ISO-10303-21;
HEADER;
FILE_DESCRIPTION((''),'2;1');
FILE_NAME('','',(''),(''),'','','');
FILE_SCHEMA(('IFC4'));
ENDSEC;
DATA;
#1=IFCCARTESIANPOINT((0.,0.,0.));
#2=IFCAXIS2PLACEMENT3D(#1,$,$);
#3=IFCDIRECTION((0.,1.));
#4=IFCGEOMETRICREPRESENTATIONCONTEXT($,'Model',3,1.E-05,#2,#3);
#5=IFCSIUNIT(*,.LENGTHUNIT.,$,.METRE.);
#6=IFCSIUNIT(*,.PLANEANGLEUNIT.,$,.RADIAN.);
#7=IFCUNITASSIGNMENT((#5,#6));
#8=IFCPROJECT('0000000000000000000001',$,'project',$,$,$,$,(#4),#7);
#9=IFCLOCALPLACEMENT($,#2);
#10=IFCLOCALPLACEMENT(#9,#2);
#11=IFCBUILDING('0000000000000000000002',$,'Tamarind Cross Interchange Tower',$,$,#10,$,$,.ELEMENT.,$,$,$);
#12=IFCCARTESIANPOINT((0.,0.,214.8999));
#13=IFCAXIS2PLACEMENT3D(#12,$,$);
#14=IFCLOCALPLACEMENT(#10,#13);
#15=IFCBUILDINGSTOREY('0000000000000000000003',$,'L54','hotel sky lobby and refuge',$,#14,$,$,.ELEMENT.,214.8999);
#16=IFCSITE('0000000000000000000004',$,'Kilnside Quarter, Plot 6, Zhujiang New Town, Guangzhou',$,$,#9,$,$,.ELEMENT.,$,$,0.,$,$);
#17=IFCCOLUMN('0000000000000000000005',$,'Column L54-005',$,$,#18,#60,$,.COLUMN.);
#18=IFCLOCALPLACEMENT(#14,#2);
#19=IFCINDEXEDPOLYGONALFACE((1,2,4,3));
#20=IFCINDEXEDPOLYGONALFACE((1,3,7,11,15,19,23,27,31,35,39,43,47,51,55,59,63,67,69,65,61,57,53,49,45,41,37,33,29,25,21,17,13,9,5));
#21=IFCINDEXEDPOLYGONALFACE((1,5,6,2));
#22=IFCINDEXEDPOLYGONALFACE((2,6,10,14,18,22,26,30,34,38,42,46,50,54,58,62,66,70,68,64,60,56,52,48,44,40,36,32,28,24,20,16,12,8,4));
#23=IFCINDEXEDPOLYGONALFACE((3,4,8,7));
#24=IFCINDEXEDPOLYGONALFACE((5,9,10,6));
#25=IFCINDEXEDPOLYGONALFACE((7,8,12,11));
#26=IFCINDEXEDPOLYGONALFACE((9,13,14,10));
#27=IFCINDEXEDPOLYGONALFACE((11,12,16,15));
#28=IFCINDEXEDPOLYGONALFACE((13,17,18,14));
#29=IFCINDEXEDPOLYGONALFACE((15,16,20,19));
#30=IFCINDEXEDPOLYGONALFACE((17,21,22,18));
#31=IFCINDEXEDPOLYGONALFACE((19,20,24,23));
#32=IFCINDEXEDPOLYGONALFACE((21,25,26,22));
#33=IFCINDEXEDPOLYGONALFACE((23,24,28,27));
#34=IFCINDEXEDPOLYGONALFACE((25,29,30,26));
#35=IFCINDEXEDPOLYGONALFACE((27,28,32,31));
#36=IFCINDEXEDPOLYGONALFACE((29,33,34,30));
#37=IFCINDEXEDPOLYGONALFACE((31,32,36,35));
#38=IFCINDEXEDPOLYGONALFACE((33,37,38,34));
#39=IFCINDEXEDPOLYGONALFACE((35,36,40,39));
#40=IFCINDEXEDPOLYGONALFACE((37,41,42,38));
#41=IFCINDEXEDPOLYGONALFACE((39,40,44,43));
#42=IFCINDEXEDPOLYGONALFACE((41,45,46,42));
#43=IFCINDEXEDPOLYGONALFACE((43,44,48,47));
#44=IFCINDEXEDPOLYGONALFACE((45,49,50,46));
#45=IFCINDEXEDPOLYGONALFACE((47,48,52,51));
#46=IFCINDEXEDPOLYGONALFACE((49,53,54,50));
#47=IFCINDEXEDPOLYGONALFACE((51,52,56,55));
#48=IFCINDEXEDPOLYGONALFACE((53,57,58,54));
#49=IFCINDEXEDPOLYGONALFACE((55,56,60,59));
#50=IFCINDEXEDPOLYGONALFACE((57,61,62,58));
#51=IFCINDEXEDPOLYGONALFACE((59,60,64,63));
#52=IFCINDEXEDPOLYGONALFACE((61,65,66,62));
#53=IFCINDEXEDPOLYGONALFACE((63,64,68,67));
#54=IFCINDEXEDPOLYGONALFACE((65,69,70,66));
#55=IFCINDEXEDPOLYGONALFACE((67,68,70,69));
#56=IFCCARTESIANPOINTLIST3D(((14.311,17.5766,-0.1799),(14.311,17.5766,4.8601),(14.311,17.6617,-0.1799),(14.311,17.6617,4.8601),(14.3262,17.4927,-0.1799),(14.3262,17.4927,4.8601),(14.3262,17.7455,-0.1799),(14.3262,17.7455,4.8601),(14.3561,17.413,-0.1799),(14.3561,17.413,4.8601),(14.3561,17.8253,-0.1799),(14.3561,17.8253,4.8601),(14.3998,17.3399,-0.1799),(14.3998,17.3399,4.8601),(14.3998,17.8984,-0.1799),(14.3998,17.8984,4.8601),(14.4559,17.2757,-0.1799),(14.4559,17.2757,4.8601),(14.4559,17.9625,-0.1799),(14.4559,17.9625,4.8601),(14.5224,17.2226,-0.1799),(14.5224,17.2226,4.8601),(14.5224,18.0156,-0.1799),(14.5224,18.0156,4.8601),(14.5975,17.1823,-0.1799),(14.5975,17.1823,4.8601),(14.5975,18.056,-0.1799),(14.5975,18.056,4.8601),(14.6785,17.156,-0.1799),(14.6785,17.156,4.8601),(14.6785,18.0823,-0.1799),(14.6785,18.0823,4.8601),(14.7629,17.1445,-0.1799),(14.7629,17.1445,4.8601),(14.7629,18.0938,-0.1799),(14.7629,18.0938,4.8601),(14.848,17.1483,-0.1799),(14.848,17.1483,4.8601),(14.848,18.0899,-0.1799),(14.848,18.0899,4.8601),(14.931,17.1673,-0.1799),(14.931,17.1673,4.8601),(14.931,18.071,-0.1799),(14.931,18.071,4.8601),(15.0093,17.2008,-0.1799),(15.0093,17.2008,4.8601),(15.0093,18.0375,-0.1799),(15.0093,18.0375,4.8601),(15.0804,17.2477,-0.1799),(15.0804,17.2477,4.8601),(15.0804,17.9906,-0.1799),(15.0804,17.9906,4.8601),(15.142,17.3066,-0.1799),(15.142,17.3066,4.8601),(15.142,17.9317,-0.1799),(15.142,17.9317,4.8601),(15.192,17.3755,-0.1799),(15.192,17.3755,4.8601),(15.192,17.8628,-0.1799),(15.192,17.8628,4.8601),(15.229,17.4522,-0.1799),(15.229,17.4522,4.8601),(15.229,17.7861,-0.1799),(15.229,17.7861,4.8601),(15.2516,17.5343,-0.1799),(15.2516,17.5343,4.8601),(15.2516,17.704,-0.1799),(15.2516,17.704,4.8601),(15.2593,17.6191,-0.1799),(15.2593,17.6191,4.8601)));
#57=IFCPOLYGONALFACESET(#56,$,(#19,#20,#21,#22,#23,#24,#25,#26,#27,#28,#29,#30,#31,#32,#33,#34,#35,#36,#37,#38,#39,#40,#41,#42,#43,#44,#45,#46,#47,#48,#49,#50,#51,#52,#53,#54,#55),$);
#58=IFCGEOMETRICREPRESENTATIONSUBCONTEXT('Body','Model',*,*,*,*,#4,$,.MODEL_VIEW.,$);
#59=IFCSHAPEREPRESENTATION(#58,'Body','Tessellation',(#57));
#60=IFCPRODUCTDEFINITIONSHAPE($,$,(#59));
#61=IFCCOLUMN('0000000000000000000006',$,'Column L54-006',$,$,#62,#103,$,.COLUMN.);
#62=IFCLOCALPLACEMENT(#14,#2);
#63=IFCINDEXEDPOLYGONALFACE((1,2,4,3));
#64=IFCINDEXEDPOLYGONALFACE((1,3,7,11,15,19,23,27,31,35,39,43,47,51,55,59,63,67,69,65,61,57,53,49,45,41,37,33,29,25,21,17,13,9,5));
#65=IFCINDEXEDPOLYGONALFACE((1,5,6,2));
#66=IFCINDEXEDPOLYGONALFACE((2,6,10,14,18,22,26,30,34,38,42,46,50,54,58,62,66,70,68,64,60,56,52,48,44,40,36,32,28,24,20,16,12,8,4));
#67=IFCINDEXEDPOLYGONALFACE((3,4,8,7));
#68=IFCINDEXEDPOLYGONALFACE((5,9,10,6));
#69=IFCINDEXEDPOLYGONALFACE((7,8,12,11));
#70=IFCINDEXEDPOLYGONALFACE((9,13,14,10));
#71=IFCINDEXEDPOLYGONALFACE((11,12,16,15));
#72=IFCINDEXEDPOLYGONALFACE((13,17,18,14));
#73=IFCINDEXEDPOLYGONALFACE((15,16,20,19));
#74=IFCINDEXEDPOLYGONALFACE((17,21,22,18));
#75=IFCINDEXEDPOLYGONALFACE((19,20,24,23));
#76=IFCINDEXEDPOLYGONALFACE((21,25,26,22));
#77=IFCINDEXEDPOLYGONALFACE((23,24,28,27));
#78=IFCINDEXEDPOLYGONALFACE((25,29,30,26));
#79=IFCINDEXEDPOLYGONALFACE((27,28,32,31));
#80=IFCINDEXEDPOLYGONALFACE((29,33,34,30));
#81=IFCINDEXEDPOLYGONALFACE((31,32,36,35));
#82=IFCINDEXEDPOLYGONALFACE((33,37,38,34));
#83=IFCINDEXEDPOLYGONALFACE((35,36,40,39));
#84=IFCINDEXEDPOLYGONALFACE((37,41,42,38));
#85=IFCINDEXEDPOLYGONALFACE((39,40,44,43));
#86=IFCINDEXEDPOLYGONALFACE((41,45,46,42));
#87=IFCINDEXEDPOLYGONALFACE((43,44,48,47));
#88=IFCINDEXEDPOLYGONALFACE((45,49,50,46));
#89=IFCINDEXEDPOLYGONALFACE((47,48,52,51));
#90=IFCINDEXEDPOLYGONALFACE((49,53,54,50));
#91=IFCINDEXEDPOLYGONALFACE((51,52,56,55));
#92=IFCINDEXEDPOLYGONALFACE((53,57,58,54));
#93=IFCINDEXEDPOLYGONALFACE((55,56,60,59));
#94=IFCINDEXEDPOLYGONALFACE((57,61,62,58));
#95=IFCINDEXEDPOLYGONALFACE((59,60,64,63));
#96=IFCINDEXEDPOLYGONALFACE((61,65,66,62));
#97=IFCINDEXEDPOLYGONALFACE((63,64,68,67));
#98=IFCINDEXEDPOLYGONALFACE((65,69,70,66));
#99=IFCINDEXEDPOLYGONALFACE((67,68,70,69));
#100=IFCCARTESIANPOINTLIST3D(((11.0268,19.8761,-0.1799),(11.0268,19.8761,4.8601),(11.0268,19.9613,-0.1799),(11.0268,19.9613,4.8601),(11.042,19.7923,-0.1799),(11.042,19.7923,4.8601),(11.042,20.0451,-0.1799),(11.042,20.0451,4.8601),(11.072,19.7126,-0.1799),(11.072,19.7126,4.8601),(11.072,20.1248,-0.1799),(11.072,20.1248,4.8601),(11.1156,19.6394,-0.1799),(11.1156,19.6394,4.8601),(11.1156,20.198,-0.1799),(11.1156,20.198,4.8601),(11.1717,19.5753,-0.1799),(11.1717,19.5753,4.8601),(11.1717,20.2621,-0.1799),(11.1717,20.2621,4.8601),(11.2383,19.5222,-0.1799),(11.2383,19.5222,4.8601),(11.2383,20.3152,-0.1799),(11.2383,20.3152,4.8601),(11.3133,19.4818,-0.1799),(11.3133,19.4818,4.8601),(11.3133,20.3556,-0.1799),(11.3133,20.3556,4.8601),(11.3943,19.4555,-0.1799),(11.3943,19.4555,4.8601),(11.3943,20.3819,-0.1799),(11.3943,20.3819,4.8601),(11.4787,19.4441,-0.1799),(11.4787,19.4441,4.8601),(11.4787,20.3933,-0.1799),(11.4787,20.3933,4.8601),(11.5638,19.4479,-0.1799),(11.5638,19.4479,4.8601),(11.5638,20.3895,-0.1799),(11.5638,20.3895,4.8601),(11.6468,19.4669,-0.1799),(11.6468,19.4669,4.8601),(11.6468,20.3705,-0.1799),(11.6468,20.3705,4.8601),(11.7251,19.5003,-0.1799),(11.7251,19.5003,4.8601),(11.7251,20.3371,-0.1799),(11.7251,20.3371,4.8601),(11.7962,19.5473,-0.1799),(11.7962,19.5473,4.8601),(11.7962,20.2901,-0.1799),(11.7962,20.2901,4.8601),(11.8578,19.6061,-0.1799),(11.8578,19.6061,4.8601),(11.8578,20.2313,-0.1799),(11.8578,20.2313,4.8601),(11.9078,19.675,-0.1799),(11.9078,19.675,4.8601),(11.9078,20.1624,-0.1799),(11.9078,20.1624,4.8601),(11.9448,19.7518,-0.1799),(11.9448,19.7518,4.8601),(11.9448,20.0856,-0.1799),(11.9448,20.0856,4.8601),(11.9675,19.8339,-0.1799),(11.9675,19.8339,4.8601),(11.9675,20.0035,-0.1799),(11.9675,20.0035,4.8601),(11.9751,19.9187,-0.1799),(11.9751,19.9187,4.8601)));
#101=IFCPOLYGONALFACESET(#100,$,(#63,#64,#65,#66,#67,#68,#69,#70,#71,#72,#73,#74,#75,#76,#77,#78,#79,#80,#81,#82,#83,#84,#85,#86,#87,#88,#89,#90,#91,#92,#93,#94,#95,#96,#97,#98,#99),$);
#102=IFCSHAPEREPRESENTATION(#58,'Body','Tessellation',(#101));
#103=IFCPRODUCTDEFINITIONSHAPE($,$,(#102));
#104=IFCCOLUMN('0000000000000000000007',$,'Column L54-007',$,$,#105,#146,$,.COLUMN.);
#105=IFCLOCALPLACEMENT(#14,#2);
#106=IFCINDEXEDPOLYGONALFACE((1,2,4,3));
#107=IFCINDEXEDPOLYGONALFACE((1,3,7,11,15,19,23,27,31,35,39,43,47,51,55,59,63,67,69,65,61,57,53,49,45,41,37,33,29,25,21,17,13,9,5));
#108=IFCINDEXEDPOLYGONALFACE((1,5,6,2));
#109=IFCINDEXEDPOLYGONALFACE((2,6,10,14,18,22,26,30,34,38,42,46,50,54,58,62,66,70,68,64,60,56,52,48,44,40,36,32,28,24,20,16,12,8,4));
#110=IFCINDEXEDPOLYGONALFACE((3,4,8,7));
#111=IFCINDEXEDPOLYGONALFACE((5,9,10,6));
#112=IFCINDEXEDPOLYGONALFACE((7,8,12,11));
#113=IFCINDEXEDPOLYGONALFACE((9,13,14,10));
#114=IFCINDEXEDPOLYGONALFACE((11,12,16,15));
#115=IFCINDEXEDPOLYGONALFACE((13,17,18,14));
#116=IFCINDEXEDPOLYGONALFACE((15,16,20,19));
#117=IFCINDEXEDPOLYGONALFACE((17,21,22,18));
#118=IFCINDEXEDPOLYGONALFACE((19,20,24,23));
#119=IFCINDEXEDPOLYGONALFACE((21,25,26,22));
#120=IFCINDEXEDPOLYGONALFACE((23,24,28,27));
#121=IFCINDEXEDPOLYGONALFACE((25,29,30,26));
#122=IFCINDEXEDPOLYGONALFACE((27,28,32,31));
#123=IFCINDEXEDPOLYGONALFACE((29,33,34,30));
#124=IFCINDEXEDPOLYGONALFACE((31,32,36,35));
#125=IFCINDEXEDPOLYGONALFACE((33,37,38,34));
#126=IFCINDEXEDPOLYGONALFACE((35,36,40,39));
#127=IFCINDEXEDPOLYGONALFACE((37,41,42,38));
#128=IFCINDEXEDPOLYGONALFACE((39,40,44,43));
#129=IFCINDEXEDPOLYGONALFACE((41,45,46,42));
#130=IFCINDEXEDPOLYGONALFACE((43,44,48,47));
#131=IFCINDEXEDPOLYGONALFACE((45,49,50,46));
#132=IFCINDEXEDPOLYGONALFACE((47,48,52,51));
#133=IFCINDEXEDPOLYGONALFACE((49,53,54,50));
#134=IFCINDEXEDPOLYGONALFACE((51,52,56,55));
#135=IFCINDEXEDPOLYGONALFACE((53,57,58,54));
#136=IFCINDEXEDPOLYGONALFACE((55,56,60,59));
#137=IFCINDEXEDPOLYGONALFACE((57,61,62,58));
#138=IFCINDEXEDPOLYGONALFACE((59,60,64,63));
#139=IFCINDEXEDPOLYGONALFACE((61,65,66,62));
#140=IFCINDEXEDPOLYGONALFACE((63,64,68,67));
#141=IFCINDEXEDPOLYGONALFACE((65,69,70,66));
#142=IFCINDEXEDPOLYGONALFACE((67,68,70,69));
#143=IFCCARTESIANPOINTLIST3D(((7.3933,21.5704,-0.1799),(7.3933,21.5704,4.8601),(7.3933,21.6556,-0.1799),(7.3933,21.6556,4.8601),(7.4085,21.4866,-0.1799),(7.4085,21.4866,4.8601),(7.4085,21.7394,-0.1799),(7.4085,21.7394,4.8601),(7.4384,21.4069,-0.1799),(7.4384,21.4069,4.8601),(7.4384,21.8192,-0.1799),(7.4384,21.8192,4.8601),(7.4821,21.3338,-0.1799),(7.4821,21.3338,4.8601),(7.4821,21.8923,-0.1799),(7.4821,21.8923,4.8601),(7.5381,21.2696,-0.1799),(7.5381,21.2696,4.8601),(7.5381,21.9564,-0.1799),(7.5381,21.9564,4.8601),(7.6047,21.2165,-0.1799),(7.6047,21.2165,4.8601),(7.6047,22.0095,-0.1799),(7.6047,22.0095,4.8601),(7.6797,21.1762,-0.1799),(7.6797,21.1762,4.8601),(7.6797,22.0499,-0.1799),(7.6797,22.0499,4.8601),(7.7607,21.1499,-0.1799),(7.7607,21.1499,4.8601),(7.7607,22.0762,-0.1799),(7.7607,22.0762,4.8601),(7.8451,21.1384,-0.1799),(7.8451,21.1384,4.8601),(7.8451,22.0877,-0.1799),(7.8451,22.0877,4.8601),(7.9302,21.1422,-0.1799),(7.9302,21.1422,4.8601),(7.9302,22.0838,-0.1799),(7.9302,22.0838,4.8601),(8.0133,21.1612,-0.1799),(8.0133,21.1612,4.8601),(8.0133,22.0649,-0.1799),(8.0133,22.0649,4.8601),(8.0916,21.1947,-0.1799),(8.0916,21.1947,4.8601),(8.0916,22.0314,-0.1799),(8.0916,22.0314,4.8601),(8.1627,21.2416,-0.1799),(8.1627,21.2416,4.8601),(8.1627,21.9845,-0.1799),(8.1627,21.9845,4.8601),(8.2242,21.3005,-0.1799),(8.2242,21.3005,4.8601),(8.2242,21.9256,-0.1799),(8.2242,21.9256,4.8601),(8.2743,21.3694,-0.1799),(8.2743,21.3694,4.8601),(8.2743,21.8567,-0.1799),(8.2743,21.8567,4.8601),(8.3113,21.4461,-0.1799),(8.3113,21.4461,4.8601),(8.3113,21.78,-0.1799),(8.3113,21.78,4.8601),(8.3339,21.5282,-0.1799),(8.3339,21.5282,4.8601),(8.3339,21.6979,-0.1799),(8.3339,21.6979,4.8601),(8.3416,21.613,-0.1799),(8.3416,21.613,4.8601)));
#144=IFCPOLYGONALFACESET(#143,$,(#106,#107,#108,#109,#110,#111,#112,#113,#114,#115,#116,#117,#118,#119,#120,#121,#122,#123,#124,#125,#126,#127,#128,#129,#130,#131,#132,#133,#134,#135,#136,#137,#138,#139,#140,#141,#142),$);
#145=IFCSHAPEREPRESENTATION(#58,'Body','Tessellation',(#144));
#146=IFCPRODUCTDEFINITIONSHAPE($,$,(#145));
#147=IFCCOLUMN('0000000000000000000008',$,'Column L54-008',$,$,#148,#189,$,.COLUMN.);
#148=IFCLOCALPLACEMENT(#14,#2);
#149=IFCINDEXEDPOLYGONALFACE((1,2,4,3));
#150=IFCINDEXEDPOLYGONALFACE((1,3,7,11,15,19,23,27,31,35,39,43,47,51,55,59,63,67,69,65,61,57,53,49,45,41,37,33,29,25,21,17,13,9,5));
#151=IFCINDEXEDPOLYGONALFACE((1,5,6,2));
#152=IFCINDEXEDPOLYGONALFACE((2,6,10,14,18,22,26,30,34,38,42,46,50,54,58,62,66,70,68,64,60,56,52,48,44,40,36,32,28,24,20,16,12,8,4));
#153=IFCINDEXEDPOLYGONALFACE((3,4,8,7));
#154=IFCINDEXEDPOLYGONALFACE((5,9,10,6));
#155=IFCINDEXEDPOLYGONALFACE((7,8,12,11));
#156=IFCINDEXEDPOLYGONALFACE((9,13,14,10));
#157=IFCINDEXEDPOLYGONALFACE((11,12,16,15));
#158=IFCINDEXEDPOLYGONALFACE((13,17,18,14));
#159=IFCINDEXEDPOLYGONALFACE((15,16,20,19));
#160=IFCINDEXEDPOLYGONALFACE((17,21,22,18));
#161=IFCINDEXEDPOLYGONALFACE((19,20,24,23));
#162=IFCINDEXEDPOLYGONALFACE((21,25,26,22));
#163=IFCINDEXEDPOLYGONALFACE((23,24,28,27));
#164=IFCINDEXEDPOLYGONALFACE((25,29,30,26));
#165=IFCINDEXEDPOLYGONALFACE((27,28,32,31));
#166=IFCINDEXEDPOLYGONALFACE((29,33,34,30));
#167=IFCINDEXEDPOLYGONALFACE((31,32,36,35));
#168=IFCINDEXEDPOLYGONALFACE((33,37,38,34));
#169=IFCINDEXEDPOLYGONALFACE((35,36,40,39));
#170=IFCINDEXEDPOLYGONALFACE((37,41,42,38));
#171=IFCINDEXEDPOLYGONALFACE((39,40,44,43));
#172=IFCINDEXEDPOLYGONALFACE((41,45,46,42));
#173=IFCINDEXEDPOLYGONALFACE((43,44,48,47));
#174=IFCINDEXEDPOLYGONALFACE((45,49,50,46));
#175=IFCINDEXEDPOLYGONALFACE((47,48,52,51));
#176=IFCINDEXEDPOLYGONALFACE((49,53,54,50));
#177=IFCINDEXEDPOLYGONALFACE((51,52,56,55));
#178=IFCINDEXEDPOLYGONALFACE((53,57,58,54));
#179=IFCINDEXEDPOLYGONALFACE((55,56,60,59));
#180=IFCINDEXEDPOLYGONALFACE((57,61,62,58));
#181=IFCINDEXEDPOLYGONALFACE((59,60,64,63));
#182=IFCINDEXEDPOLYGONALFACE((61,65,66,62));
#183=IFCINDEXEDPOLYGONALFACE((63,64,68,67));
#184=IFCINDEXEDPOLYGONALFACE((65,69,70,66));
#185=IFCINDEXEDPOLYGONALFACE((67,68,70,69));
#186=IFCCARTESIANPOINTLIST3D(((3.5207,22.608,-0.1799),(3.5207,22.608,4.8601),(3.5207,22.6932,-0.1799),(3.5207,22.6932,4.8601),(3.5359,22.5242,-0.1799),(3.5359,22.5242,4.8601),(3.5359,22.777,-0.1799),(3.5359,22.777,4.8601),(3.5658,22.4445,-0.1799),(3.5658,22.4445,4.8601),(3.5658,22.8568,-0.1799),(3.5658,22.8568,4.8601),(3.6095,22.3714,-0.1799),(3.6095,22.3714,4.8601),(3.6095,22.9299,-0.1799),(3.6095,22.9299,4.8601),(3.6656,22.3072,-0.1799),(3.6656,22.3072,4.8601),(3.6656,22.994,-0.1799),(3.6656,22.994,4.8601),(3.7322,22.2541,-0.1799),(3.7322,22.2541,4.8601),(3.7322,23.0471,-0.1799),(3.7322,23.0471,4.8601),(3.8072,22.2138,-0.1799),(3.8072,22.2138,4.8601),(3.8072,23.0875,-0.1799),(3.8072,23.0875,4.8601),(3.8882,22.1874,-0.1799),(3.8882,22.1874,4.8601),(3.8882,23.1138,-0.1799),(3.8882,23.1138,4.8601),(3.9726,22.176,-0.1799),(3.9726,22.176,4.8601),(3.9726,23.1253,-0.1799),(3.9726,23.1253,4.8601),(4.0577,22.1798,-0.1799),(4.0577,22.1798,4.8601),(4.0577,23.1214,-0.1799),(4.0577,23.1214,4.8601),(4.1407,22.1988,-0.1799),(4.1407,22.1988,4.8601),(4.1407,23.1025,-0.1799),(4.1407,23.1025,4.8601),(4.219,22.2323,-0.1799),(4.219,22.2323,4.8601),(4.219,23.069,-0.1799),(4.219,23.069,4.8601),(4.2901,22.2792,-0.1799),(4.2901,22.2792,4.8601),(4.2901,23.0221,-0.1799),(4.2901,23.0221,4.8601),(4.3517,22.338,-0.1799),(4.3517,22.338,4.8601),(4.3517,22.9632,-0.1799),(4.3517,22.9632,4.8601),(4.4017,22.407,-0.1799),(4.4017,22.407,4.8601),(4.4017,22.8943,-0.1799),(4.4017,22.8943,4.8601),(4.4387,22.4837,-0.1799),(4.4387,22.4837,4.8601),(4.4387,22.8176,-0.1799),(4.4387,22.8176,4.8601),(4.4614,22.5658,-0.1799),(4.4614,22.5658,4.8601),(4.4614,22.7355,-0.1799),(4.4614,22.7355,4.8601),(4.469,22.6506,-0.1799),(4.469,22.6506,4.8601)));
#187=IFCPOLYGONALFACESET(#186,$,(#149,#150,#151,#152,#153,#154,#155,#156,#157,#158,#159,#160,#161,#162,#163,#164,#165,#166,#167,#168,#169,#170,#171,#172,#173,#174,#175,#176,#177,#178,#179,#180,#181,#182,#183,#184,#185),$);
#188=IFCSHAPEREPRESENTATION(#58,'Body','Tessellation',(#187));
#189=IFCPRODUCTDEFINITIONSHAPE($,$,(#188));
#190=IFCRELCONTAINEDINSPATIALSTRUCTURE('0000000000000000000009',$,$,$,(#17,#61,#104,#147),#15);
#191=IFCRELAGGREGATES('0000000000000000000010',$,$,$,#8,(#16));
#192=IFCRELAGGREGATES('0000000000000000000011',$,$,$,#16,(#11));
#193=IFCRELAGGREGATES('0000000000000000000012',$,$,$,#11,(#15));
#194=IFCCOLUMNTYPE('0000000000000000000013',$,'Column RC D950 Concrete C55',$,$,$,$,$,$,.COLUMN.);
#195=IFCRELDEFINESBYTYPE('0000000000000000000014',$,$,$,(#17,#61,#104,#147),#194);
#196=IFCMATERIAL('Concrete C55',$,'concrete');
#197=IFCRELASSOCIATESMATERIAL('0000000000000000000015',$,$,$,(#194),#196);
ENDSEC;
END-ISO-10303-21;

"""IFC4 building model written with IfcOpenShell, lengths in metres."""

from ifc_helpers import new_model, si_unit, direction, frame, origin, origin_2d, place, context, subcontext, project, spatial, circle, extrude, material, material_profile, profile_set, type_object, element, save


model = new_model("IFC4")

# Units and contexts
model_context = context("Model", 3, precision=1e-05, world=origin(), true_north=direction((0.0, 1.0)))
body_context = subcontext(model_context, "Body", "Model", "MODEL_VIEW")
ifc_project = project(units=[si_unit("LENGTHUNIT", "METRE"), si_unit("PLANEANGLEUNIT", "RADIAN")], contexts=[model_context])

# Site, building, storey
site_placement = place(None, origin())
site = spatial("IfcSite", under=ifc_project, at=site_placement, Name="Kilnside Quarter, Plot 6, Zhujiang New Town, Guangzhou", CompositionType="ELEMENT", RefElevation=0.0)
building_placement = place(site_placement, origin())
building = spatial("IfcBuilding", under=site, at=building_placement, Name="Tamarind Cross Interchange Tower", CompositionType="ELEMENT")
storey_placement = place(building_placement, frame((0.0, 0.0, 214.8999)))
storey = spatial("IfcBuildingStorey", under=building, at=storey_placement, Name="L54", Description="hotel sky lobby and refuge", CompositionType="ELEMENT", Elevation=214.8999)

# Columns
ifc_material_1 = material(Name="Concrete C55", Category="concrete")
ifc_material_profile_1 = material_profile(ifc_material_1, circle(Radius=0.4751, at=origin_2d()), Name="RC D950")
ifc_profile_set_1 = profile_set([ifc_material_profile_1], Name="Concrete C55")
column_type = type_object("IfcColumnType", Name="Column RC D950 Concrete C55", PredefinedType="COLUMN", material=ifc_profile_set_1)
for number, where, z_axis, x_axis, name in (
    (1, (14.7842, 17.6191, -0.1799), (0.0, 0.0, 1.0), (1.0, 0.0, 0.0), "Column L54-005"),
    (2, (11.5, 19.9187, -0.1799), (0.0, 0.0, 1.0), (1.0, 0.0, 0.0), "Column L54-006"),
    (3, (7.8665, 21.613, -0.1799), (0.0, 0.0, 1.0), (1.0, 0.0, 0.0), "Column L54-007"),
    (4, (3.9939, 22.6506, -0.1799), (0.0, 0.0, 1.0), (1.0, 0.0, 0.0), "Column L54-008"),
):
    element("IfcColumn", number, at=place(storey_placement, frame(where, z_axis=z_axis, x_axis=x_axis)), inside=storey, type_object=column_type, Name=name, PredefinedType="COLUMN", context=body_context, shape_type="SweptSolid", body=[
        extrude(circle(Radius=0.4751, at=origin_2d()), origin(), (0.0, 0.0, 1.0), 5.04),
    ])

save(model, "model.ifc")
